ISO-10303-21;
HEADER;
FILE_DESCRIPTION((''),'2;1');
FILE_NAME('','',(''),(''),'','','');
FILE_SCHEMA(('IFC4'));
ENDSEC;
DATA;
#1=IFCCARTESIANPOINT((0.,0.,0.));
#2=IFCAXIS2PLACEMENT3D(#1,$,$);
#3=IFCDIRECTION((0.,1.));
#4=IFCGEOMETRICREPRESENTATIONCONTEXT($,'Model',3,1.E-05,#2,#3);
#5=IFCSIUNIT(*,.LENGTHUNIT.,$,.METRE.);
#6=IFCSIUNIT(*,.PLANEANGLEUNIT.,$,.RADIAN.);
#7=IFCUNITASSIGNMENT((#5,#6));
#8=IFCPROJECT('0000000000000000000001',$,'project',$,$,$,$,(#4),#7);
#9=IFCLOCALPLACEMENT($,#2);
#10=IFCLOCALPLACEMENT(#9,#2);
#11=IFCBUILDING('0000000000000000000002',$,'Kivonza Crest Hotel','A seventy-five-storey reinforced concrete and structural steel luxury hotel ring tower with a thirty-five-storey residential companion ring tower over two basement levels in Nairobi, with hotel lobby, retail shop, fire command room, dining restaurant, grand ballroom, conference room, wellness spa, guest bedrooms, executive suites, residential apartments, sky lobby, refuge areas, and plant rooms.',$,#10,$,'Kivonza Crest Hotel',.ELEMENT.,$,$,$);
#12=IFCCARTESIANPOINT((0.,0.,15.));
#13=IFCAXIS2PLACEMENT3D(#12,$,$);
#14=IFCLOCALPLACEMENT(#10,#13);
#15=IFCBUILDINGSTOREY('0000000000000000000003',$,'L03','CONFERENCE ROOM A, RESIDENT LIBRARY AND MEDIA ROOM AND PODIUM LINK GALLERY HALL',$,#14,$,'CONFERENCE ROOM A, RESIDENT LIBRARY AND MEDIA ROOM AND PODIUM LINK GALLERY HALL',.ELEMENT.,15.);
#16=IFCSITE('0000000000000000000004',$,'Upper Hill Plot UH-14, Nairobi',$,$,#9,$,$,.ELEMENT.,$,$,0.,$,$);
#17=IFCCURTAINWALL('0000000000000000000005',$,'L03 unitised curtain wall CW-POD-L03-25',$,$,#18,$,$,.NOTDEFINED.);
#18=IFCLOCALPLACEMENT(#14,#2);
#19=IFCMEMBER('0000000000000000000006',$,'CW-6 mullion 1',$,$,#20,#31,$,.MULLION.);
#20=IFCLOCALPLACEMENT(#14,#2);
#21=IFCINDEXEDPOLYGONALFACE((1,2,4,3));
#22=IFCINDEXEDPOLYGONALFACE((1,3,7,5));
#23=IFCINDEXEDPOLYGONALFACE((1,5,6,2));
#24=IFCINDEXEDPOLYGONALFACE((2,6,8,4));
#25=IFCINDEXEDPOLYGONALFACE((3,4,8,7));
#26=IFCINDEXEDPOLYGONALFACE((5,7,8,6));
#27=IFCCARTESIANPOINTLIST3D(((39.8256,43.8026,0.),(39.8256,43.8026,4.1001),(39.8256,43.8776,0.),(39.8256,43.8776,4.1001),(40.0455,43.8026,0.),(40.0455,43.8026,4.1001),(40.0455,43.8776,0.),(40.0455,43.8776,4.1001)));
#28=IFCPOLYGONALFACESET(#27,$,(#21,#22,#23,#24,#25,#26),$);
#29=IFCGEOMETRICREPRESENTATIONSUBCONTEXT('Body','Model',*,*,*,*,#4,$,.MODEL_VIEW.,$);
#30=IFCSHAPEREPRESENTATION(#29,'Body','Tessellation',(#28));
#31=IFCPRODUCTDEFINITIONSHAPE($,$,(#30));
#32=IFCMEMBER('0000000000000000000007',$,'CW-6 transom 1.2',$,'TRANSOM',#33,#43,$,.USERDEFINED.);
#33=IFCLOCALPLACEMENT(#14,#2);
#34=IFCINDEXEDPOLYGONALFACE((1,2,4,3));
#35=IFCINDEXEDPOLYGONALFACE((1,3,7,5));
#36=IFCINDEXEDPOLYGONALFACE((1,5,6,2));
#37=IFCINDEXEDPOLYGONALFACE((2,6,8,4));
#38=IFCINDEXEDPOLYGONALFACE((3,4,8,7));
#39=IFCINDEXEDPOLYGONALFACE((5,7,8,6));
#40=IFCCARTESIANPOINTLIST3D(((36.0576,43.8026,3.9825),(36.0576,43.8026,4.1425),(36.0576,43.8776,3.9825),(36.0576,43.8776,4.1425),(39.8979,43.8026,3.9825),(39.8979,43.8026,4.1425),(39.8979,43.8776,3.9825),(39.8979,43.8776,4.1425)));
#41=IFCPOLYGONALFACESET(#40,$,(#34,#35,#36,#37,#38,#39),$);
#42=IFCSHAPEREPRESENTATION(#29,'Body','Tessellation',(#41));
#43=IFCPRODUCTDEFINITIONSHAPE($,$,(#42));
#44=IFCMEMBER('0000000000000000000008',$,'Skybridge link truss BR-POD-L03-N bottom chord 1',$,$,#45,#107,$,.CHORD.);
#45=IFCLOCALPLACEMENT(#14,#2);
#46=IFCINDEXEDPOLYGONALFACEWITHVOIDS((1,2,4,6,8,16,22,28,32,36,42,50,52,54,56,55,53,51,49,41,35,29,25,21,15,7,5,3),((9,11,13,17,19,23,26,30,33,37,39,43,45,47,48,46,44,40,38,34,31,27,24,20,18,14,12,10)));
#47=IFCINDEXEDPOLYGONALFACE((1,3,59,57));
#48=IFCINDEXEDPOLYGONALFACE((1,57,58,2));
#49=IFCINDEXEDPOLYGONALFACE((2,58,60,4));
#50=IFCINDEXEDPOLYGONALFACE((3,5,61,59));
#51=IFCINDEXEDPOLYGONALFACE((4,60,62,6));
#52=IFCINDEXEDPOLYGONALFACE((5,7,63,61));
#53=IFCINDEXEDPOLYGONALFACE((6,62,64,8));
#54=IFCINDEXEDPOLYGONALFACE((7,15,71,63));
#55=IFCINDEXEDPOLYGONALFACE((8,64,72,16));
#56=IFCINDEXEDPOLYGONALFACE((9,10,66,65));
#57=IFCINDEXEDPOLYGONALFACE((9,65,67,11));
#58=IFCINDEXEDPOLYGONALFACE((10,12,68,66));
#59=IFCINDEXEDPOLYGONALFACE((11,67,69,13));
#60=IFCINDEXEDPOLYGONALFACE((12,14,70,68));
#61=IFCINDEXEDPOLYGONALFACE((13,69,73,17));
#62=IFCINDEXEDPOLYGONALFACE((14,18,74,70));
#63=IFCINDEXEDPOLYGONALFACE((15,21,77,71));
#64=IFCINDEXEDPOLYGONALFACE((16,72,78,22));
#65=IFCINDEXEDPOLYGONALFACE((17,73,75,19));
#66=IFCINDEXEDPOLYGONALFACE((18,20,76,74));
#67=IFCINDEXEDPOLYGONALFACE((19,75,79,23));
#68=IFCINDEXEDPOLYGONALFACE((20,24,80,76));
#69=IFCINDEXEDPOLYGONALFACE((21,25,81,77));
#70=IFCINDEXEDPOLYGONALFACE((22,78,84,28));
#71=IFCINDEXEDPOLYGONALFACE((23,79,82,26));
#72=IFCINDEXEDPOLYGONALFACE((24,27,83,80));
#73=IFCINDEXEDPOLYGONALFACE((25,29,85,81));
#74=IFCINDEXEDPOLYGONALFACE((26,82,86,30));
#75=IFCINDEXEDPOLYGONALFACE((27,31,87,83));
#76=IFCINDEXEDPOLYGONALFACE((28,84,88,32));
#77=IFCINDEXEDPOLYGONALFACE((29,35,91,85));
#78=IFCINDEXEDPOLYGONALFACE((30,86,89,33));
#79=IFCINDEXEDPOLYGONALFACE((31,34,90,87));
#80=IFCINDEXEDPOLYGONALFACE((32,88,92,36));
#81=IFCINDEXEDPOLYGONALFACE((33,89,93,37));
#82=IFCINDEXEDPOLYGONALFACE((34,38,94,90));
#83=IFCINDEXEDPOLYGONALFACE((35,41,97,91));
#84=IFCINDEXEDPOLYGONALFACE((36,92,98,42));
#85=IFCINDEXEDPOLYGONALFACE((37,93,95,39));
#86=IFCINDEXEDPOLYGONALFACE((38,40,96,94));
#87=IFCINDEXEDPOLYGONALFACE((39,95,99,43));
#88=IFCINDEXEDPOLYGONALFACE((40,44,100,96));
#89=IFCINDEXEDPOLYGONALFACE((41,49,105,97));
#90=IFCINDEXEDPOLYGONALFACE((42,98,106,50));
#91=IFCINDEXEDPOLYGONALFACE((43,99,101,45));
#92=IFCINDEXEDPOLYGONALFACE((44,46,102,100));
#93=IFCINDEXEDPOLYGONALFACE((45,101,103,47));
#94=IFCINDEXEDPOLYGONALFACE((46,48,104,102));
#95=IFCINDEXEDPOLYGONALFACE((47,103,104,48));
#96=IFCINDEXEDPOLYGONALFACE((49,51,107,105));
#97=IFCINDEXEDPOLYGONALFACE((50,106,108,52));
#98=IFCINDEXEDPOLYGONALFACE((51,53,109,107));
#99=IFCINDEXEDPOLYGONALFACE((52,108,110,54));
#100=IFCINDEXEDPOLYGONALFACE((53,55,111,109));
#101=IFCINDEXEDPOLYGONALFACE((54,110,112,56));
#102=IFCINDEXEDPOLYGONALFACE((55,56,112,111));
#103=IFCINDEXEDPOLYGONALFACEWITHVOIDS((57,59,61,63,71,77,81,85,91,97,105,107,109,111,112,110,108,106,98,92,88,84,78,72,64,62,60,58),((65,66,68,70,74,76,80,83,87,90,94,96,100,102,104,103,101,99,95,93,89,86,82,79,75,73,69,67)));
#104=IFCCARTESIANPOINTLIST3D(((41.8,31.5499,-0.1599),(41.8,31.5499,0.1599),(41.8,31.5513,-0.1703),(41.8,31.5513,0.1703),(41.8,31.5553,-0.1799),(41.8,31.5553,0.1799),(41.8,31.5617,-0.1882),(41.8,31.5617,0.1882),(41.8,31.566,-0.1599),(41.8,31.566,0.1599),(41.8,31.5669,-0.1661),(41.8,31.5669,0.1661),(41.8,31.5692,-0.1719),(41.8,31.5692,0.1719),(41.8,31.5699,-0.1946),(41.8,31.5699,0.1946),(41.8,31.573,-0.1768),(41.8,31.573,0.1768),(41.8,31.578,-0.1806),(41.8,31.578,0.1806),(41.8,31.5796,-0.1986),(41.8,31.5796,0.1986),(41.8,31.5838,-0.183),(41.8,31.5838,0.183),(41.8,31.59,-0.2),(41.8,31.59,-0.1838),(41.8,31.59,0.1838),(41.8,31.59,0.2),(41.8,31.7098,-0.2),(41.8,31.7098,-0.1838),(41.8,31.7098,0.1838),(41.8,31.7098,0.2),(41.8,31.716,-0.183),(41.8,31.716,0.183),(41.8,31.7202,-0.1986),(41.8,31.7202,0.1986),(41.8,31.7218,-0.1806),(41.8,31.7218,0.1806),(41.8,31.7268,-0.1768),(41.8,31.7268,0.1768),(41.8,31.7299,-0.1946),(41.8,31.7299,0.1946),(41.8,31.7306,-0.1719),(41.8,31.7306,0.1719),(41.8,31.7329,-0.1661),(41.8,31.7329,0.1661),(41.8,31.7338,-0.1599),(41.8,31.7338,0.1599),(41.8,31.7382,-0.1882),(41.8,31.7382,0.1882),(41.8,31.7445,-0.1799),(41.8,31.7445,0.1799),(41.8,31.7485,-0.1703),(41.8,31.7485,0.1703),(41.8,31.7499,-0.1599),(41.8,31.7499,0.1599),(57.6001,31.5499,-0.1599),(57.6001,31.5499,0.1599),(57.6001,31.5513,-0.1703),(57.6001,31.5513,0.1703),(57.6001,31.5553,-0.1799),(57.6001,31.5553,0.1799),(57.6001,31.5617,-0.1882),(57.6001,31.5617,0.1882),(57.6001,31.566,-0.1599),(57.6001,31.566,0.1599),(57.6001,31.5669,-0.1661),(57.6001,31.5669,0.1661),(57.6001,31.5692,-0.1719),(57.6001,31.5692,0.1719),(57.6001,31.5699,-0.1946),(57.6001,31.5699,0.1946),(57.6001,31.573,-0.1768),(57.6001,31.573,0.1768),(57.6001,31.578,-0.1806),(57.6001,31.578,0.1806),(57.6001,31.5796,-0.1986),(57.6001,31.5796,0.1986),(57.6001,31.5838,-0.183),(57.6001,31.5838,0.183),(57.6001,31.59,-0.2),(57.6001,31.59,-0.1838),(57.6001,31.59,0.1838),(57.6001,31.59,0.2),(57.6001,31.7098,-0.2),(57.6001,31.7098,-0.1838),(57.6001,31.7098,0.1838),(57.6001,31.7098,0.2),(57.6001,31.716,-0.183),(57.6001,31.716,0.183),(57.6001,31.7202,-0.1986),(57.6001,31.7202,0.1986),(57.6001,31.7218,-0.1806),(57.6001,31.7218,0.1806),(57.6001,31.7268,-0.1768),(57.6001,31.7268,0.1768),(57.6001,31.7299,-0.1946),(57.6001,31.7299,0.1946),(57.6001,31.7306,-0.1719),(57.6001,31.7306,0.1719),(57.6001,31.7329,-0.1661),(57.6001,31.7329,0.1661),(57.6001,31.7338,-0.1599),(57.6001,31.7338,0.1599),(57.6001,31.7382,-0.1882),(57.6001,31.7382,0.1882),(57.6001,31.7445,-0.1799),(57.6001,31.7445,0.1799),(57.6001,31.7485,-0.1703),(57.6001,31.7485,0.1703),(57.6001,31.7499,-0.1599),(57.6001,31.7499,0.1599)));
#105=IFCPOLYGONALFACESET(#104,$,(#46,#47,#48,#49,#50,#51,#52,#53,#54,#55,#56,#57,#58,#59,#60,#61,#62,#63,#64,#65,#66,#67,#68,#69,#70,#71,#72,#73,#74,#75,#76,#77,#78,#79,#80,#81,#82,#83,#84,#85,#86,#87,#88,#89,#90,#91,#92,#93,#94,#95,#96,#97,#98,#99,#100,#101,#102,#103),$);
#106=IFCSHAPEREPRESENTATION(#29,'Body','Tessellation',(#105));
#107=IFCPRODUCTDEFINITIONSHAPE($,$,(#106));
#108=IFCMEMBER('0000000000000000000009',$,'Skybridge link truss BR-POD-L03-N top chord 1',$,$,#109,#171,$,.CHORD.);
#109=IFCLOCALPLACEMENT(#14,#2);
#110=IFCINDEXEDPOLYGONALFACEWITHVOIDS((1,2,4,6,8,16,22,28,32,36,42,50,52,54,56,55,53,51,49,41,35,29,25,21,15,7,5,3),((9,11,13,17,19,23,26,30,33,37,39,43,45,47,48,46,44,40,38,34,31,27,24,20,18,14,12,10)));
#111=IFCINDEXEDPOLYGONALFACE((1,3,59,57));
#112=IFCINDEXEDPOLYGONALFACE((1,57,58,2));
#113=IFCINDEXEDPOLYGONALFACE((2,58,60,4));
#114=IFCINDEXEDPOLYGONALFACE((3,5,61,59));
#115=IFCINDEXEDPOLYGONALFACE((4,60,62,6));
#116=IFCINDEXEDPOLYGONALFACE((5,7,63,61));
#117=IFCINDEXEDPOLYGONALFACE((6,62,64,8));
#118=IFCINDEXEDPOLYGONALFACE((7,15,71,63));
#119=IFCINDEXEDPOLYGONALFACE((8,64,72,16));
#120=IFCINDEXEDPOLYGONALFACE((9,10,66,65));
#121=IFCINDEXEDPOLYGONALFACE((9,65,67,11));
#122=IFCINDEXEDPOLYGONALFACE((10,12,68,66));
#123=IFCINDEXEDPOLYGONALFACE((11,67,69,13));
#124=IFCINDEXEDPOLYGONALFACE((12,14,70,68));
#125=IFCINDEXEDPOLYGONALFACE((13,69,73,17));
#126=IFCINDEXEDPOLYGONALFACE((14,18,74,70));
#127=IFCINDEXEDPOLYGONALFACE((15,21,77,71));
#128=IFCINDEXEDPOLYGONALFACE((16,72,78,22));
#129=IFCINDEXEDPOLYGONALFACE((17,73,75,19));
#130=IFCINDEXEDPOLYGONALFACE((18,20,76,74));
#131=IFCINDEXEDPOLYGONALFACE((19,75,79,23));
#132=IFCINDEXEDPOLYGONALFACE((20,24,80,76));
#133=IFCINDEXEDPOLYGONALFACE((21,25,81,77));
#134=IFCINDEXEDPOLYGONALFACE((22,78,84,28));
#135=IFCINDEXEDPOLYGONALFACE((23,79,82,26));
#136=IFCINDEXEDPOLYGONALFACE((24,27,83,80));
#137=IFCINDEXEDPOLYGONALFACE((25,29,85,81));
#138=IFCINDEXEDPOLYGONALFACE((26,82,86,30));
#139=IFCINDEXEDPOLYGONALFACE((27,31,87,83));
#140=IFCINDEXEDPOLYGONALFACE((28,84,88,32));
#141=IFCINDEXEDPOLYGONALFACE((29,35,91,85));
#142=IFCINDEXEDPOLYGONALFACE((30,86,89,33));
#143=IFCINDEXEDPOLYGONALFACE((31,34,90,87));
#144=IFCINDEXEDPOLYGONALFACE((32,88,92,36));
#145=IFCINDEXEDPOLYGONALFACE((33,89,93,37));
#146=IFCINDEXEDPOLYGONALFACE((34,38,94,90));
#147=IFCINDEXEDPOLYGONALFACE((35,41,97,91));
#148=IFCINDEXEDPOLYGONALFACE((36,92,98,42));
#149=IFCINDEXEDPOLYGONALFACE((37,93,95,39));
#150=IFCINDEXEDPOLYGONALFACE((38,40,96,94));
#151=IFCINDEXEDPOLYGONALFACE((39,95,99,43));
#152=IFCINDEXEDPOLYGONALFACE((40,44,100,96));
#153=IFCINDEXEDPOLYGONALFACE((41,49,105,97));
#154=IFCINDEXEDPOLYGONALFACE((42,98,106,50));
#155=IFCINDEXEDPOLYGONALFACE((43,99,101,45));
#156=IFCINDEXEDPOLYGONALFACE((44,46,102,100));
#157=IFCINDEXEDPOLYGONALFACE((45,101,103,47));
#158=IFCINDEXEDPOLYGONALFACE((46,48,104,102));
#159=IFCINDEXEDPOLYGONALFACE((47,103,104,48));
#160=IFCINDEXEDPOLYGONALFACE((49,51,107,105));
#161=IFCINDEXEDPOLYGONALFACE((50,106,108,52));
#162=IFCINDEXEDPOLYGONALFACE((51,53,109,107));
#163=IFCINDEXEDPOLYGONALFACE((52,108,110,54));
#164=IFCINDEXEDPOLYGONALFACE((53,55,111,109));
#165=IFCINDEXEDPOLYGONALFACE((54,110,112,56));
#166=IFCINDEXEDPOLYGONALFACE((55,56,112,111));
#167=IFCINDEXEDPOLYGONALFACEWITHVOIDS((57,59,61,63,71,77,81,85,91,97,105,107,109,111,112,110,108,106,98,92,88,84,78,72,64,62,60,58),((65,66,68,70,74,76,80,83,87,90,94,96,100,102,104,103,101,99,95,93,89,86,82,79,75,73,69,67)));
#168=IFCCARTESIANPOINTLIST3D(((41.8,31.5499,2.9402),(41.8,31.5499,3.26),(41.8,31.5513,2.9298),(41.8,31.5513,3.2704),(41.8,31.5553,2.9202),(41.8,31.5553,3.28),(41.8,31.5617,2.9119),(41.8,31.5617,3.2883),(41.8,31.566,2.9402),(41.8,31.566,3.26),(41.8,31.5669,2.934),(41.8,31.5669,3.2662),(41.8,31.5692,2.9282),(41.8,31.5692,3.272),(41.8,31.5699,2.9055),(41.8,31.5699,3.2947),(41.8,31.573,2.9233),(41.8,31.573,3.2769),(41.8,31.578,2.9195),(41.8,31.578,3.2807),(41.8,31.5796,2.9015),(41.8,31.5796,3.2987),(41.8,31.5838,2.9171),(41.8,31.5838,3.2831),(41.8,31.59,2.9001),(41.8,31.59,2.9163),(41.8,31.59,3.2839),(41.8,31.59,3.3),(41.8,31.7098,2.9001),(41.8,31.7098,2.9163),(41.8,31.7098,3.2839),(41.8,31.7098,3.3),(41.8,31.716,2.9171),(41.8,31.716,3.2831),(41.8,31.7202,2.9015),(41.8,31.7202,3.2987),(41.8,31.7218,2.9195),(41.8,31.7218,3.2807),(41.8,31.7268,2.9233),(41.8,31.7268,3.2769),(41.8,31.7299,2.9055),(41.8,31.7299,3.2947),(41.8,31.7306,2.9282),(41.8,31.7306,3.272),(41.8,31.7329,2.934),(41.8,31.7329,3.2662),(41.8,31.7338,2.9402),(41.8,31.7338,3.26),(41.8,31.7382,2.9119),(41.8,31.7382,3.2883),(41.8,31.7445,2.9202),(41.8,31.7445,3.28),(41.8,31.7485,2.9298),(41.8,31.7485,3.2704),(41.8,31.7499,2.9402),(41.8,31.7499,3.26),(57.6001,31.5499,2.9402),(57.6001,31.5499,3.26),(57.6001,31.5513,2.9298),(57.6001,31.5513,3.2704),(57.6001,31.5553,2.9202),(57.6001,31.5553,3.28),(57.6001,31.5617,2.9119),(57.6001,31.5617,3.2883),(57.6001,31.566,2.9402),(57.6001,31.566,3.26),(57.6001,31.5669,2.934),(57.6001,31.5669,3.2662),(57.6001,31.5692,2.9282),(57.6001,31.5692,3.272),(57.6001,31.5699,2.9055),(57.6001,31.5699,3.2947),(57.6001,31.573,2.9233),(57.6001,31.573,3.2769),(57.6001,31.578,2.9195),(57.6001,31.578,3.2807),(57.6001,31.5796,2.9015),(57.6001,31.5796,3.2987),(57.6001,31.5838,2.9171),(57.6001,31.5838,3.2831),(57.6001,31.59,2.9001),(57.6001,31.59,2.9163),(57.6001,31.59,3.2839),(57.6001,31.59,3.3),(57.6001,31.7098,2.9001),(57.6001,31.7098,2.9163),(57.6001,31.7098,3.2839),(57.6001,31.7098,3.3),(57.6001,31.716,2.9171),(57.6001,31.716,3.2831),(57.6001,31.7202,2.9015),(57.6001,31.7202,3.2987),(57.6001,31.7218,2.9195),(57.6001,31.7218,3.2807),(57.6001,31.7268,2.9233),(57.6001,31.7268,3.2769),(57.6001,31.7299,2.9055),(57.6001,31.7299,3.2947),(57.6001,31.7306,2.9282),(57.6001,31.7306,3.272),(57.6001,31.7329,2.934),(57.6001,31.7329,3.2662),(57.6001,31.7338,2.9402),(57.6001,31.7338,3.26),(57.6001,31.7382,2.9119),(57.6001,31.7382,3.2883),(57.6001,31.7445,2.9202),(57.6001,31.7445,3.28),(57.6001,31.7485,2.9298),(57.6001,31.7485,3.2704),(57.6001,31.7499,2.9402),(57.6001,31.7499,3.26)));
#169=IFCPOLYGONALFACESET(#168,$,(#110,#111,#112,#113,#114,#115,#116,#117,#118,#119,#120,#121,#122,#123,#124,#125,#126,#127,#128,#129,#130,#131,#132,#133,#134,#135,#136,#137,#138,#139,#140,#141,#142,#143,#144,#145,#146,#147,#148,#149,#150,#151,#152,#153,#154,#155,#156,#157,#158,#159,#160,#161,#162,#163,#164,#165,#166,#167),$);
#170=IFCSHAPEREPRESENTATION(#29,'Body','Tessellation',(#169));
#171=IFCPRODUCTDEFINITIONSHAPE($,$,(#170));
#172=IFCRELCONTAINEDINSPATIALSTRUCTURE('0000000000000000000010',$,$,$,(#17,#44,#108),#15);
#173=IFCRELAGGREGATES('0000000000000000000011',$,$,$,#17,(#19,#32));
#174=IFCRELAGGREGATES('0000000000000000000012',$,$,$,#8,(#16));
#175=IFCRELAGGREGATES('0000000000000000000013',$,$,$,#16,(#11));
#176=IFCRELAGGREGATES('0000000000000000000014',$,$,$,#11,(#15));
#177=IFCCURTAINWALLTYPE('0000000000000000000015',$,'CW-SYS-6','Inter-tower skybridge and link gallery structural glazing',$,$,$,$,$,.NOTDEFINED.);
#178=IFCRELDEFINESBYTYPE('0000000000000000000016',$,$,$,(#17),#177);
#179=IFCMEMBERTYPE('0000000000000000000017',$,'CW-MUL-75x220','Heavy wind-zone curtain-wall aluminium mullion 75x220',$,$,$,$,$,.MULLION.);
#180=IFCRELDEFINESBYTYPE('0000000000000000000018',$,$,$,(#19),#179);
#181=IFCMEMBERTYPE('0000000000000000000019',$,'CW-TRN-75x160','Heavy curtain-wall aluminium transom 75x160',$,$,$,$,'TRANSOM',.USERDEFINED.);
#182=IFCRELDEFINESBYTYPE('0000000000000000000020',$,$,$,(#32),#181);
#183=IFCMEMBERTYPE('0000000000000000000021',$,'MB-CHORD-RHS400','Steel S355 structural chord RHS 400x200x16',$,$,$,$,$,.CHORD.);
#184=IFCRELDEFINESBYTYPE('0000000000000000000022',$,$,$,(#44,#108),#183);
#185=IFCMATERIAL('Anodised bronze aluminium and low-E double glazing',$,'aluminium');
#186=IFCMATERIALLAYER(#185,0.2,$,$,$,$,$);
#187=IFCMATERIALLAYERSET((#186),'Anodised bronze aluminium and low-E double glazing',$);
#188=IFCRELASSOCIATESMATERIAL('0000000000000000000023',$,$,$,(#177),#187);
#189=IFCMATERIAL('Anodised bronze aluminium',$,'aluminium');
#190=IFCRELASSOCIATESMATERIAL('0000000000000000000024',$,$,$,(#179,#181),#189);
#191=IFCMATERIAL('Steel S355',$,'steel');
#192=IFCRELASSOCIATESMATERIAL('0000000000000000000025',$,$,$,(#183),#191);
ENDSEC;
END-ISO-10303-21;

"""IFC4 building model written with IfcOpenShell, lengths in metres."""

from ifc_helpers import new_model, si_unit, direction, frame, origin, origin_2d, place, context, subcontext, project, spatial, rectangle, hollow_rectangle, extrude, material, layer, layer_set, material_profile, profile_set, type_object, element, aggregate, save


model = new_model("IFC4")

# Units and contexts
model_context = context("Model", 3, precision=1e-05, world=origin(), true_north=direction((0.0, 1.0)))
body_context = subcontext(model_context, "Body", "Model", "MODEL_VIEW")
ifc_project = project(units=[si_unit("LENGTHUNIT", "METRE"), si_unit("PLANEANGLEUNIT", "RADIAN")], contexts=[model_context])

# Site, building, storey
site_placement = place(None, origin())
site = spatial("IfcSite", under=ifc_project, at=site_placement, Name="Upper Hill Plot UH-14, Nairobi", CompositionType="ELEMENT", RefElevation=0.0)
building_placement = place(site_placement, origin())
building = spatial("IfcBuilding", under=site, at=building_placement, Name="Kivonza Crest Hotel", Description="A seventy-five-storey reinforced concrete and structural steel luxury hotel ring tower with a thirty-five-storey residential companion ring tower over two basement levels in Nairobi, with hotel lobby, retail shop, fire command room, dining restaurant, grand ballroom, conference room, wellness spa, guest bedrooms, executive suites, residential apartments, sky lobby, refuge areas, and plant rooms.", LongName="Kivonza Crest Hotel", CompositionType="ELEMENT")
storey_placement = place(building_placement, frame((0.0, 0.0, 15.0)))
storey = spatial("IfcBuildingStorey", under=building, at=storey_placement, Name="L03", Description="CONFERENCE ROOM A, RESIDENT LIBRARY AND MEDIA ROOM AND PODIUM LINK GALLERY HALL", LongName="CONFERENCE ROOM A, RESIDENT LIBRARY AND MEDIA ROOM AND PODIUM LINK GALLERY HALL", CompositionType="ELEMENT", Elevation=15.0)

# Shared definitions
ifc_material_1 = material(Name="Steel S355", Category="steel")

# Curtain wall, members
ifc_material_2 = material(Name="Anodised bronze aluminium and low-E double glazing", Category="aluminium")
ifc_layer_1 = layer(ifc_material_2, 0.2)
ifc_layer_set_1 = layer_set([ifc_layer_1], Name="Anodised bronze aluminium and low-E double glazing")
curtain_wall_type = type_object("IfcCurtainWallType", Name="CW-SYS-6", Description="Inter-tower skybridge and link gallery structural glazing", PredefinedType="NOTDEFINED", material=ifc_layer_set_1)
curtain_wall_placement = place(storey_placement, origin())
curtain_wall = element("IfcCurtainWall", 1, at=curtain_wall_placement, inside=storey, type_object=curtain_wall_type, Name="L03 unitised curtain wall CW-POD-L03-25", PredefinedType="NOTDEFINED")
ifc_material_3 = material(Name="Anodised bronze aluminium", Category="aluminium")
ifc_material_profile_1 = material_profile(ifc_material_3, rectangle(XDim=0.075, YDim=0.22, at=origin_2d()), Name="CW-M 75x220")
ifc_profile_set_1 = profile_set([ifc_material_profile_1], Name="Anodised bronze aluminium")
member_type_1 = type_object("IfcMemberType", Name="CW-MUL-75x220", Description="Heavy wind-zone curtain-wall aluminium mullion 75x220", PredefinedType="MULLION", material=ifc_profile_set_1)
member_1_placement = place(storey_placement, frame((39.9355, 43.8401, 0.0), z_axis=(0.0, 0.0, 1.0), x_axis=(0.0, -1.0, 0.0)))
member_1 = element("IfcMember", 2, at=member_1_placement, type_object=member_type_1, Name="CW-6 mullion 1", PredefinedType="MULLION", context=body_context, shape_type="SweptSolid", body=[
    extrude(rectangle(XDim=0.075, YDim=0.22, at=origin_2d()), origin(), (0.0, 0.0, 1.0), 4.1001),
])
ifc_material_profile_2 = material_profile(ifc_material_3, rectangle(XDim=0.075, YDim=0.1599, at=origin_2d()), Name="CW-T 75x160")
ifc_profile_set_2 = profile_set([ifc_material_profile_2], Name="Anodised bronze aluminium")
member_type_2 = type_object("IfcMemberType", Name="CW-TRN-75x160", Description="Heavy curtain-wall aluminium transom 75x160", ElementType="TRANSOM", PredefinedType="USERDEFINED", material=ifc_profile_set_2)
member_2_placement = place(storey_placement, frame((39.8979, 43.8401, 4.0625), z_axis=(-1.0, 0.0, 0.0), x_axis=(0.0, -1.0, 0.0)))
member_2 = element("IfcMember", 3, at=member_2_placement, type_object=member_type_2, Name="CW-6 transom 1.2", ObjectType="TRANSOM", PredefinedType="USERDEFINED", context=body_context, shape_type="SweptSolid", body=[
    extrude(rectangle(XDim=0.075, YDim=0.1599, at=origin_2d()), origin(), (0.0, 0.0, 1.0), 3.8403),
])
aggregate(curtain_wall, [member_1, member_2])

# Members
ifc_material_profile_3 = material_profile(ifc_material_1, hollow_rectangle(XDim=0.2, YDim=0.3999, WallThickness=0.0161, InnerFilletRadius=0.0239, OuterFilletRadius=0.04, at=origin_2d()), Name="RHS 400x200x16")
ifc_profile_set_3 = profile_set([ifc_material_profile_3], Name="Steel S355")
member_type_3 = type_object("IfcMemberType", Name="MB-CHORD-RHS400", Description="Steel S355 structural chord RHS 400x200x16", PredefinedType="CHORD", material=ifc_profile_set_3)
for number, where, z_axis, x_axis, name in (
    (4, (41.8, 31.6499, 0.0), (1.0, 0.0, 0.0), (0.0, 1.0, 0.0), "Skybridge link truss BR-POD-L03-N bottom chord 1"),
    (5, (41.8, 31.6499, 3.1001), (1.0, 0.0, 0.0), (0.0, 1.0, 0.0), "Skybridge link truss BR-POD-L03-N top chord 1"),
):
    element("IfcMember", number, at=place(storey_placement, frame(where, z_axis=z_axis, x_axis=x_axis)), inside=storey, type_object=member_type_3, Name=name, PredefinedType="CHORD", context=body_context, shape_type="SweptSolid", body=[
        extrude(hollow_rectangle(XDim=0.2, YDim=0.3999, WallThickness=0.0161, InnerFilletRadius=0.0239, OuterFilletRadius=0.04, at=origin_2d()), origin(), (0.0, 0.0, 1.0), 15.8),
    ])

save(model, "model.ifc")
